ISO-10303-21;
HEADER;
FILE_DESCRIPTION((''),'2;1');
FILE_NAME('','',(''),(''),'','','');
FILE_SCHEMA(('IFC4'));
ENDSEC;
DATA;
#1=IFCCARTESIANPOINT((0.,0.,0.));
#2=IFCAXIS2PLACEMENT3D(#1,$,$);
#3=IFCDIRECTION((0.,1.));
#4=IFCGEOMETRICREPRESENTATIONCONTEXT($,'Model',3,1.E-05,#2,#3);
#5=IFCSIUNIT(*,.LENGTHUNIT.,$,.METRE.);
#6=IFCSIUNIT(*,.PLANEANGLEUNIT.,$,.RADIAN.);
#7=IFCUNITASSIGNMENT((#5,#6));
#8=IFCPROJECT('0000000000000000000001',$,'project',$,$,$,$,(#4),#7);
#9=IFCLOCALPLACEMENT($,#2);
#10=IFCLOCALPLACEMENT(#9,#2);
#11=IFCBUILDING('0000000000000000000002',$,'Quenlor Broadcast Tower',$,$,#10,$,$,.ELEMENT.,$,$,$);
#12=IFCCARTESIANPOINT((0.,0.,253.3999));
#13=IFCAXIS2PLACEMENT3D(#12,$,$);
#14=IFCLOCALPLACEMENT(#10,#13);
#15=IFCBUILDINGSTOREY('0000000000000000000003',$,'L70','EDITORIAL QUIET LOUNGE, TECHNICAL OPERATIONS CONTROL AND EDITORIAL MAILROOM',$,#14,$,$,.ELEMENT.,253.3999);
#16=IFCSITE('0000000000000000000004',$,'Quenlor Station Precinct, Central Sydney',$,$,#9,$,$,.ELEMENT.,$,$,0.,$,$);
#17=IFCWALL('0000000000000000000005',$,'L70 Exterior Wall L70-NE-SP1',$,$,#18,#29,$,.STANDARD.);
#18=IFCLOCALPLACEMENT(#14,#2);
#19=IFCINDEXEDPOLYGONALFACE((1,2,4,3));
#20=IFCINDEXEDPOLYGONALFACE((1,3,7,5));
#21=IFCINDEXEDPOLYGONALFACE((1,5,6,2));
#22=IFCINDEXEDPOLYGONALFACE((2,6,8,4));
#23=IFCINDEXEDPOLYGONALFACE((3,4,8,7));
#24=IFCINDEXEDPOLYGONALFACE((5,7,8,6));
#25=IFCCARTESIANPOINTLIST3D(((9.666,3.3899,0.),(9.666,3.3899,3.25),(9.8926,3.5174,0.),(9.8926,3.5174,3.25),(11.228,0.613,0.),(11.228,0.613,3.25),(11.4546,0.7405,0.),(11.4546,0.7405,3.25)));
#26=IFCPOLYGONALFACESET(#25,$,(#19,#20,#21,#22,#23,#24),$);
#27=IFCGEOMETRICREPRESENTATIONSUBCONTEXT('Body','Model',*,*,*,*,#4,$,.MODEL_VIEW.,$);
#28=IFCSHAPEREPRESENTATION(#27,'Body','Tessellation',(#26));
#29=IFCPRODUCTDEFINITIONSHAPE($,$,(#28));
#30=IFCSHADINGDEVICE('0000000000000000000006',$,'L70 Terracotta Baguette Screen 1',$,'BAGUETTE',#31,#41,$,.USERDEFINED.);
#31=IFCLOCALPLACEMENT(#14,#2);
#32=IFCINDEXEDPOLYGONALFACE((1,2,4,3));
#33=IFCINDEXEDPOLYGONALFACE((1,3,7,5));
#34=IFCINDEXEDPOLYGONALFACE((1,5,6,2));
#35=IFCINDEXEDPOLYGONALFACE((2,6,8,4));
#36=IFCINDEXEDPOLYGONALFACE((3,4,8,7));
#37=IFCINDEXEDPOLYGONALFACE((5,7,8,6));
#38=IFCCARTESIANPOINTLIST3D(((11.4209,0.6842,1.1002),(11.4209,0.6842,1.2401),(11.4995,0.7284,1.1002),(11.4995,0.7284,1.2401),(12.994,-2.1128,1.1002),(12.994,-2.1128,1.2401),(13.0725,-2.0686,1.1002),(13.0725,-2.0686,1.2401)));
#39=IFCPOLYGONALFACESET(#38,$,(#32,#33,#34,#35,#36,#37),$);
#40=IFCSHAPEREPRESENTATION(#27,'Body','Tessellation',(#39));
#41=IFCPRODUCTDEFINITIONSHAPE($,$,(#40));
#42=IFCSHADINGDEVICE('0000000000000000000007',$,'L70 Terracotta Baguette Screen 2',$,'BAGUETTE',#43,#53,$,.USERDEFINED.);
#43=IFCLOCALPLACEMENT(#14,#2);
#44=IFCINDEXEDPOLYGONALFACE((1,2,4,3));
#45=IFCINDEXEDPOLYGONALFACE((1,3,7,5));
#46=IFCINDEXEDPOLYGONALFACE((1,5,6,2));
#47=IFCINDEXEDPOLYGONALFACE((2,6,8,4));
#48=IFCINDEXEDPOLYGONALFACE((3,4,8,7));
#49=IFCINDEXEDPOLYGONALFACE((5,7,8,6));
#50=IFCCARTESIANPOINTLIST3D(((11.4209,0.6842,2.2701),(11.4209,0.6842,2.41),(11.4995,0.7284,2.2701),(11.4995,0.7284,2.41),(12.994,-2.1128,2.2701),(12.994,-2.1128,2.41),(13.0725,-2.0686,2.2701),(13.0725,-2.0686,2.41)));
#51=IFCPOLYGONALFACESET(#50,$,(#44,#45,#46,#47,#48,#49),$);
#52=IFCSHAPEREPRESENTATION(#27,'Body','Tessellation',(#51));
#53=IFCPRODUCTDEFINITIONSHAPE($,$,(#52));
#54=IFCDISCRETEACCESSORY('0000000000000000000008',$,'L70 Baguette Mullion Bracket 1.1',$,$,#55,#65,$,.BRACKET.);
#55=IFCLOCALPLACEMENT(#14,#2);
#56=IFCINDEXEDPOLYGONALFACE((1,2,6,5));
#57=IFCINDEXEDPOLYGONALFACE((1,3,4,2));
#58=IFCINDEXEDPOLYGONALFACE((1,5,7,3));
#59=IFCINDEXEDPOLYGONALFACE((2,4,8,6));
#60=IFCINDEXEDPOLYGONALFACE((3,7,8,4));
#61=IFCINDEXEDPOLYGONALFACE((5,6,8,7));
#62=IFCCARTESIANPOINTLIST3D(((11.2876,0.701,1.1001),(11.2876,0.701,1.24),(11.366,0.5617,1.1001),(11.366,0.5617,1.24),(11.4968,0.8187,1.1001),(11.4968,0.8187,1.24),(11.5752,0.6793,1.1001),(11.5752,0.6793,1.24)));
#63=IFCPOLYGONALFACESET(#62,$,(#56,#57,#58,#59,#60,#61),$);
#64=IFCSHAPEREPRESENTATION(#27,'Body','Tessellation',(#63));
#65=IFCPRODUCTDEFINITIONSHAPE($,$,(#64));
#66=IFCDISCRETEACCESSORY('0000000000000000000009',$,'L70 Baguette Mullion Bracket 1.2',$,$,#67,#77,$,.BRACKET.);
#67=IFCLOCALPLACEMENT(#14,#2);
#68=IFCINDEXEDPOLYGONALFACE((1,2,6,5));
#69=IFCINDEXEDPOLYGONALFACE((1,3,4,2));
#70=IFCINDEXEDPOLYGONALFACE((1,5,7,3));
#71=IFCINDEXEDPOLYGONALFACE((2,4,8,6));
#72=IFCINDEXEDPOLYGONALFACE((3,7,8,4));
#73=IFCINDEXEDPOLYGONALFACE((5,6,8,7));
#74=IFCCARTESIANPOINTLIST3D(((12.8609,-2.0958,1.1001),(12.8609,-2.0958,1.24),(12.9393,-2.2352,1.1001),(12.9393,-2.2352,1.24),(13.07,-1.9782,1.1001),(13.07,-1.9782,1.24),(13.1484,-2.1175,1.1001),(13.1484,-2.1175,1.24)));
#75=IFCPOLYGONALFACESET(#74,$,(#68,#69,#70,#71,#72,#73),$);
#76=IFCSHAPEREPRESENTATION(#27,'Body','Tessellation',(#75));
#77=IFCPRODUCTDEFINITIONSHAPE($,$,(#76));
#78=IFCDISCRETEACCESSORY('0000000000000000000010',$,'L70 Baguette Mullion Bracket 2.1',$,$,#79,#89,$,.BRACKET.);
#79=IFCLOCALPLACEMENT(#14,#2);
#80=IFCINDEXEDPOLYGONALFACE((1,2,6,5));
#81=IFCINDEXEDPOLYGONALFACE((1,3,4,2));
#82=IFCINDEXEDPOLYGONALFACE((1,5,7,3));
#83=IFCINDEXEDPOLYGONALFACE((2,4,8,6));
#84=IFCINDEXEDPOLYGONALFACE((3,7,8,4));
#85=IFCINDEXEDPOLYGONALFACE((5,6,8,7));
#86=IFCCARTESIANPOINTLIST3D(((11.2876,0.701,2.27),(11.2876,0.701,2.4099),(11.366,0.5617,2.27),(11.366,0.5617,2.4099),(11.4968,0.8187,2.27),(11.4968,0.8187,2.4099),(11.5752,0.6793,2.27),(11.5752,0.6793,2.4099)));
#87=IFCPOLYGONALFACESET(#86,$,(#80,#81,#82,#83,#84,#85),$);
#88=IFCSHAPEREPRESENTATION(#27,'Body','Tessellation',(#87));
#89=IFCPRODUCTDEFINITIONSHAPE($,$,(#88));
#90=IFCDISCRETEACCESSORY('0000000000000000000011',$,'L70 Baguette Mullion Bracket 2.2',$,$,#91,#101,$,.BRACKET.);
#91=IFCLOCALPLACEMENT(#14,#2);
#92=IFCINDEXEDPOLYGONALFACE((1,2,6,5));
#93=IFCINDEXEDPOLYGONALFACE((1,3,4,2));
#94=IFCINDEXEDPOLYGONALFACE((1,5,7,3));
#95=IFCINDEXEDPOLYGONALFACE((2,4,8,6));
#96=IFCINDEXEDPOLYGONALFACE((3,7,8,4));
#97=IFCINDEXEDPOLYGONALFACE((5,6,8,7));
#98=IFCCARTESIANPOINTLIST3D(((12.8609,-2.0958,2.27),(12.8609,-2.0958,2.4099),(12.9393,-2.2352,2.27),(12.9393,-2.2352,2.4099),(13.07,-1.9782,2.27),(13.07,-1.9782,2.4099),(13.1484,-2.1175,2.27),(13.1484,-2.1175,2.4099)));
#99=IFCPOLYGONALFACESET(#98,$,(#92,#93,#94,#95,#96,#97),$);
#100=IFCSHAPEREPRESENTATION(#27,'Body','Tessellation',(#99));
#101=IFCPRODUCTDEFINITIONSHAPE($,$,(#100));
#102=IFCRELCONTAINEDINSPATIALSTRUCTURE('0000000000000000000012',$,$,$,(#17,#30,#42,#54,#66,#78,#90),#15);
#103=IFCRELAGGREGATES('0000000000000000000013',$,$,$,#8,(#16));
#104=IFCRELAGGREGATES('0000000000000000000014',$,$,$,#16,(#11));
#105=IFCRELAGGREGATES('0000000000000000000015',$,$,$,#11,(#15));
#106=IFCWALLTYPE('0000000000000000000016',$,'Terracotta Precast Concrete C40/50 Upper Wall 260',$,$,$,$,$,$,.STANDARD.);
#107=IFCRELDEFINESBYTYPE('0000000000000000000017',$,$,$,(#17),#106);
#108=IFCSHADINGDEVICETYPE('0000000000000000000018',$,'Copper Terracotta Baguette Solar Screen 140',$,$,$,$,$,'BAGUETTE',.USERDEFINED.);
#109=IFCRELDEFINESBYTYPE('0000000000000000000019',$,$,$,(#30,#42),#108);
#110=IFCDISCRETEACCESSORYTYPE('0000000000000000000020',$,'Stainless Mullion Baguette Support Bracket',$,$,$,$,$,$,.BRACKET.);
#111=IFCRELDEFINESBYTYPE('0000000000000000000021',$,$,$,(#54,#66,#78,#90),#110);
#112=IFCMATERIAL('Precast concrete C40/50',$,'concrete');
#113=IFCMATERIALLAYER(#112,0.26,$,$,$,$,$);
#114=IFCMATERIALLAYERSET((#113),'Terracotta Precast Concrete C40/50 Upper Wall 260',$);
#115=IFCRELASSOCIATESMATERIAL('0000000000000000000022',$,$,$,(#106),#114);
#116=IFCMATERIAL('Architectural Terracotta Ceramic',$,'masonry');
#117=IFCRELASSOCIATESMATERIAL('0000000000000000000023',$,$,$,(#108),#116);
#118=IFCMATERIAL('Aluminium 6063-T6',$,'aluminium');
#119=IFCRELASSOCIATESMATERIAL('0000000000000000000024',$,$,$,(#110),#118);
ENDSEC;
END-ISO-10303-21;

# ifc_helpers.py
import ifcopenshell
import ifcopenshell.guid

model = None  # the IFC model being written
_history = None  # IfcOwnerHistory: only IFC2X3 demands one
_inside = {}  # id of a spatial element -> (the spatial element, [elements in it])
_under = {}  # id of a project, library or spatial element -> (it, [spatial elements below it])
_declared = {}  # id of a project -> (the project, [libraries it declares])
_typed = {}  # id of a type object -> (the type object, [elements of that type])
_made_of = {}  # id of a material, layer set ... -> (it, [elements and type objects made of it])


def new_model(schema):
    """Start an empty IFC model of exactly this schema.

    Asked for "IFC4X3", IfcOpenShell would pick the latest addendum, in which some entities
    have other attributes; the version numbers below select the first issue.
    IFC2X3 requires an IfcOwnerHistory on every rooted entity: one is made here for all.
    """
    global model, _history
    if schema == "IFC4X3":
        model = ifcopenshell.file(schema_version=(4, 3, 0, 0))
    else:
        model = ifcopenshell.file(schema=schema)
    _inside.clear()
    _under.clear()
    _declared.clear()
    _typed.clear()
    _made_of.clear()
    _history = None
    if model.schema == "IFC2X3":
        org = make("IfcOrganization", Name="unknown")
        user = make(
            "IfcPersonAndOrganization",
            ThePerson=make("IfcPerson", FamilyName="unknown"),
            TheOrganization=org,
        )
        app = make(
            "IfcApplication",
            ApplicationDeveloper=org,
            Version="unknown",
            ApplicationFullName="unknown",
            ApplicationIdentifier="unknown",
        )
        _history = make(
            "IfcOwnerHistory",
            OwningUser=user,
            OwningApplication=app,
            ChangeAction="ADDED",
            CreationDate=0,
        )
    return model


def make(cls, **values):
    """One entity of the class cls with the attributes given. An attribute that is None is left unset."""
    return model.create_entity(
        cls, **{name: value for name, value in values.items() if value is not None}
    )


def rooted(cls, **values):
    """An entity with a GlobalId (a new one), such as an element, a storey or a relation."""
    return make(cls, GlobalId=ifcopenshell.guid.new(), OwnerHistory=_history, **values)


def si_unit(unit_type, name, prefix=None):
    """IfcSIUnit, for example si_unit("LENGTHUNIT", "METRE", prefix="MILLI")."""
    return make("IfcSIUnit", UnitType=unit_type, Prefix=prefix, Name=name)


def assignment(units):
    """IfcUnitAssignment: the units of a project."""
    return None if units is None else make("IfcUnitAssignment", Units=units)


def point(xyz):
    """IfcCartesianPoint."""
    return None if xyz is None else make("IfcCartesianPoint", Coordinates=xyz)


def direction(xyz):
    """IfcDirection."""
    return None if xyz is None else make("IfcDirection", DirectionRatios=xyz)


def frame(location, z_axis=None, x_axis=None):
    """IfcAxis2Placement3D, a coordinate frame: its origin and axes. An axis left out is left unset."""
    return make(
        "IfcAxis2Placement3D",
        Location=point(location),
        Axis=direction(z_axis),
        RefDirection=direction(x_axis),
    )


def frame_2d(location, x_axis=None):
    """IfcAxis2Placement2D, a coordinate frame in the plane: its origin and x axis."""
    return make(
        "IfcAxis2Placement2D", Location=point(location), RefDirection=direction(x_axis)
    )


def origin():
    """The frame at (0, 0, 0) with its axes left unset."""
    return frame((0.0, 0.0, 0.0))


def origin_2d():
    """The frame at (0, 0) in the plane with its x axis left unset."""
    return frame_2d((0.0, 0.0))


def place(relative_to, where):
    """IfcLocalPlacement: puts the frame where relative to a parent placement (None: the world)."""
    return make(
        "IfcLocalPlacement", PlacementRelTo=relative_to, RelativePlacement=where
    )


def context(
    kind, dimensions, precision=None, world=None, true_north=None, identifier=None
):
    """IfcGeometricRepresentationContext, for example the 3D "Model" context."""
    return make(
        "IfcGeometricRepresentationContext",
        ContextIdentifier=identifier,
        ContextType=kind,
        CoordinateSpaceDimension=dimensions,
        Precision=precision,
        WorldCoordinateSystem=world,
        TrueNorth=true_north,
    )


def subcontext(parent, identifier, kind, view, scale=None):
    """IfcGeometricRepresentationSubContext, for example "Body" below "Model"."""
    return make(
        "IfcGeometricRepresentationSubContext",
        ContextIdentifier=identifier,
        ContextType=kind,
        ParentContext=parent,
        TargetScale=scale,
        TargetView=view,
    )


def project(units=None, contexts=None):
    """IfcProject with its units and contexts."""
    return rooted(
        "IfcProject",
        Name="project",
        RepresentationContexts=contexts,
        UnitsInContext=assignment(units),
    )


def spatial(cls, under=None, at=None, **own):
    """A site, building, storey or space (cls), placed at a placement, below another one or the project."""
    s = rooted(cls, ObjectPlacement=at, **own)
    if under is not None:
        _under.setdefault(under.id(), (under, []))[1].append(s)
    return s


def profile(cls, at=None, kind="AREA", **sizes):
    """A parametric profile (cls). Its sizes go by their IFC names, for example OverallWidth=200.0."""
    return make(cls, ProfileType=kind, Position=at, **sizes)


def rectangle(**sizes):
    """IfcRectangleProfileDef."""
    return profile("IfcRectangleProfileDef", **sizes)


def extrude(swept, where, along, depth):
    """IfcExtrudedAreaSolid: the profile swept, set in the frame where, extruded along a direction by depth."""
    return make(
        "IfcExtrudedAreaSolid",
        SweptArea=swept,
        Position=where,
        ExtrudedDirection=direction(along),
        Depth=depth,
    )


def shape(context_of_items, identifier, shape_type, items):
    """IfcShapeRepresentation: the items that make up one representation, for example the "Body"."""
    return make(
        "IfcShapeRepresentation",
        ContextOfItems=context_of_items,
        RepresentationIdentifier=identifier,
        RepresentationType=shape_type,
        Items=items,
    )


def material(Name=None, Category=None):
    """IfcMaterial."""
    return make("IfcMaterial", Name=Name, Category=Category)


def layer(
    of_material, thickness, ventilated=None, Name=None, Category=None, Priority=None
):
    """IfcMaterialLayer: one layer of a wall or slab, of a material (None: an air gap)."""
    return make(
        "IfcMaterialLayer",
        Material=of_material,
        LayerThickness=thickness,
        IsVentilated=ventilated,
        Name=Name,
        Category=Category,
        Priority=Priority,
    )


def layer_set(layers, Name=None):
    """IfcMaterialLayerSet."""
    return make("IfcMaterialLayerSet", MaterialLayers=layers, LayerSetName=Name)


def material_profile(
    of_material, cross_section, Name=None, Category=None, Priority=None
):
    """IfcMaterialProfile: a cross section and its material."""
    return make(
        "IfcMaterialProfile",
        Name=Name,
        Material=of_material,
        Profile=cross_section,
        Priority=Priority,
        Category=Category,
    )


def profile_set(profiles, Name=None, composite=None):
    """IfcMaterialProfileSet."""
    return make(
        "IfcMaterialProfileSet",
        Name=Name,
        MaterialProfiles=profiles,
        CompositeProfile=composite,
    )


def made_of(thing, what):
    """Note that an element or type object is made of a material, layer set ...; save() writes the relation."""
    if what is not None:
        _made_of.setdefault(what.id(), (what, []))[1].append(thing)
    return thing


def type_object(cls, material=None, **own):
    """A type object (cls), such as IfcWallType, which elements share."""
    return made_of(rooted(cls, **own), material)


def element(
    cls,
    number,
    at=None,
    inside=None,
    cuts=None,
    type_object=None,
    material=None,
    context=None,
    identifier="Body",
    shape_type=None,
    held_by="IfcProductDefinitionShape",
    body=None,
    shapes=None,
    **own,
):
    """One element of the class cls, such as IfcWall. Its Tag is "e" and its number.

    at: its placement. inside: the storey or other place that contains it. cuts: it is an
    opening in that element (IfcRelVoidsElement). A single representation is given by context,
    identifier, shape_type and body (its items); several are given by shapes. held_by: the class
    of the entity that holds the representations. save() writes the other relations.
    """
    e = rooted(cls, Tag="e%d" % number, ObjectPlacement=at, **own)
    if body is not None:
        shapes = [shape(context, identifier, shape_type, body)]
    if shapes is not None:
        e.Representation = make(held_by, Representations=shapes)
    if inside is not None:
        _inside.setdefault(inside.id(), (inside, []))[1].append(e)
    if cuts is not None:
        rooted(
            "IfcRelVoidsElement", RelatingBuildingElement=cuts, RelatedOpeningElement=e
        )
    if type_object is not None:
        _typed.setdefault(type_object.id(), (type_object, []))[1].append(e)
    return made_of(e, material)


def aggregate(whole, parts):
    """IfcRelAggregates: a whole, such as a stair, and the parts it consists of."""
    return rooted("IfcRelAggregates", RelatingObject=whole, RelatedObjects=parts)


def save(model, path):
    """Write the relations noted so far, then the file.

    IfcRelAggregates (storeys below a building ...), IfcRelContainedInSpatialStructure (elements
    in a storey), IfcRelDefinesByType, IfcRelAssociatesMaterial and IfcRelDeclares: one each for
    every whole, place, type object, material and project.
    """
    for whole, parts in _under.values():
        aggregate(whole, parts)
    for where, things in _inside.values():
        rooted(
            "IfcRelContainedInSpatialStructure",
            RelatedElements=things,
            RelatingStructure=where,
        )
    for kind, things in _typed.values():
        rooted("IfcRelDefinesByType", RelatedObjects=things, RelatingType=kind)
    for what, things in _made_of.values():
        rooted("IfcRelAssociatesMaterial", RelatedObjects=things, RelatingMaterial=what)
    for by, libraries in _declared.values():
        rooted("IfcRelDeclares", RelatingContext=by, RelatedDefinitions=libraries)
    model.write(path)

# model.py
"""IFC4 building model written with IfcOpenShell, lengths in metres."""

from ifc_helpers import new_model, si_unit, direction, frame, frame_2d, origin, origin_2d, place, context, subcontext, project, spatial, rectangle, extrude, material, layer, layer_set, material_profile, profile_set, type_object, element, save


model = new_model("IFC4")

# Units and contexts
model_context = context("Model", 3, precision=1e-05, world=origin(), true_north=direction((0.0, 1.0)))
body_context = subcontext(model_context, "Body", "Model", "MODEL_VIEW")
ifc_project = project(units=[si_unit("LENGTHUNIT", "METRE"), si_unit("PLANEANGLEUNIT", "RADIAN")], contexts=[model_context])

# Site, building, storey
site_placement = place(None, origin())
site = spatial("IfcSite", under=ifc_project, at=site_placement, Name="Quenlor Station Precinct, Central Sydney", CompositionType="ELEMENT", RefElevation=0.0)
building_placement = place(site_placement, origin())
building = spatial("IfcBuilding", under=site, at=building_placement, Name="Quenlor Broadcast Tower", CompositionType="ELEMENT")
storey_placement = place(building_placement, frame((0.0, 0.0, 253.3999)))
storey = spatial("IfcBuildingStorey", under=building, at=storey_placement, Name="L70", Description="EDITORIAL QUIET LOUNGE, TECHNICAL OPERATIONS CONTROL AND EDITORIAL MAILROOM", CompositionType="ELEMENT", Elevation=253.3999)

# Wall
ifc_material_1 = material(Name="Precast concrete C40/50", Category="concrete")
ifc_layer_1 = layer(ifc_material_1, 0.26)
ifc_layer_set_1 = layer_set([ifc_layer_1], Name="Terracotta Precast Concrete C40/50 Upper Wall 260")
wall_type_1 = type_object("IfcWallType", Name="Terracotta Precast Concrete C40/50 Upper Wall 260", PredefinedType="STANDARD", material=ifc_layer_set_1)
wall_1_placement = place(storey_placement, frame((9.7793, 3.4536, 0.0), z_axis=(0.0, 0.0, 1.0), x_axis=(0.490269, -0.871571, 0.0)))
element("IfcWall", 1, at=wall_1_placement, inside=storey, type_object=wall_type_1, Name="L70 Exterior Wall L70-NE-SP1", PredefinedType="STANDARD", context=body_context, shape_type="SweptSolid", body=[
    extrude(rectangle(XDim=3.186, YDim=0.26, at=frame_2d((1.593, 0.0))), origin(), (0.0, 0.0, 1.0), 3.25),
])

# Shading devices
ifc_material_2 = material(Name="Architectural Terracotta Ceramic", Category="masonry")
ifc_material_profile_1 = material_profile(ifc_material_2, rectangle(XDim=0.0901, YDim=0.1399, at=origin_2d()))
ifc_profile_set_1 = profile_set([ifc_material_profile_1], Name="Architectural Terracotta Ceramic BAG90x140")
shading_device_type = type_object("IfcShadingDeviceType", Name="Copper Terracotta Baguette Solar Screen 140", ElementType="BAGUETTE", PredefinedType="USERDEFINED", material=ifc_profile_set_1)
for number, where, z_axis, x_axis, name in (
    (2, (11.4602, 0.7063, 1.1702), (0.490203, -0.871608, 0.0), (0.871608, 0.490203, 0.0), "L70 Terracotta Baguette Screen 1"),
    (3, (11.4602, 0.7063, 2.3401), (0.490203, -0.871608, 0.0), (0.871608, 0.490203, 0.0), "L70 Terracotta Baguette Screen 2"),
):
    element("IfcShadingDevice", number, at=place(storey_placement, frame(where, z_axis=z_axis, x_axis=x_axis)), inside=storey, type_object=shading_device_type, Name=name, ObjectType="BAGUETTE", PredefinedType="USERDEFINED", context=body_context, shape_type="SweptSolid", body=[
        extrude(rectangle(XDim=0.0901, YDim=0.1399, at=origin_2d()), origin(), (0.0, 0.0, 1.0), 3.209),
    ])

# Discrete accessories
ifc_material_3 = material(Name="Aluminium 6063-T6", Category="aluminium")
discrete_accessory_type = type_object("IfcDiscreteAccessoryType", Name="Stainless Mullion Baguette Support Bracket", PredefinedType="BRACKET", material=ifc_material_3)
for number, where, z_axis, x_axis, name in (
    (4, (11.4314, 0.6902, 1.1001), (0.0, 0.0, 1.0), (0.490262, -0.871575, 0.0), "L70 Baguette Mullion Bracket 1.1"),
    (5, (13.0046, -2.1067, 1.1001), (0.0, 0.0, 1.0), (0.490262, -0.871575, 0.0), "L70 Baguette Mullion Bracket 1.2"),
    (6, (11.4314, 0.6902, 2.27), (0.0, 0.0, 1.0), (0.490262, -0.871575, 0.0), "L70 Baguette Mullion Bracket 2.1"),
    (7, (13.0046, -2.1067, 2.27), (0.0, 0.0, 1.0), (0.490262, -0.871575, 0.0), "L70 Baguette Mullion Bracket 2.2"),
):
    element("IfcDiscreteAccessory", number, at=place(storey_placement, frame(where, z_axis=z_axis, x_axis=x_axis)), inside=storey, type_object=discrete_accessory_type, Name=name, PredefinedType="BRACKET", context=body_context, shape_type="SweptSolid", body=[
        extrude(rectangle(XDim=0.1599, YDim=0.24, at=origin_2d()), origin(), (0.0, 0.0, 1.0), 0.1399),
    ])

save(model, "model.ifc")
